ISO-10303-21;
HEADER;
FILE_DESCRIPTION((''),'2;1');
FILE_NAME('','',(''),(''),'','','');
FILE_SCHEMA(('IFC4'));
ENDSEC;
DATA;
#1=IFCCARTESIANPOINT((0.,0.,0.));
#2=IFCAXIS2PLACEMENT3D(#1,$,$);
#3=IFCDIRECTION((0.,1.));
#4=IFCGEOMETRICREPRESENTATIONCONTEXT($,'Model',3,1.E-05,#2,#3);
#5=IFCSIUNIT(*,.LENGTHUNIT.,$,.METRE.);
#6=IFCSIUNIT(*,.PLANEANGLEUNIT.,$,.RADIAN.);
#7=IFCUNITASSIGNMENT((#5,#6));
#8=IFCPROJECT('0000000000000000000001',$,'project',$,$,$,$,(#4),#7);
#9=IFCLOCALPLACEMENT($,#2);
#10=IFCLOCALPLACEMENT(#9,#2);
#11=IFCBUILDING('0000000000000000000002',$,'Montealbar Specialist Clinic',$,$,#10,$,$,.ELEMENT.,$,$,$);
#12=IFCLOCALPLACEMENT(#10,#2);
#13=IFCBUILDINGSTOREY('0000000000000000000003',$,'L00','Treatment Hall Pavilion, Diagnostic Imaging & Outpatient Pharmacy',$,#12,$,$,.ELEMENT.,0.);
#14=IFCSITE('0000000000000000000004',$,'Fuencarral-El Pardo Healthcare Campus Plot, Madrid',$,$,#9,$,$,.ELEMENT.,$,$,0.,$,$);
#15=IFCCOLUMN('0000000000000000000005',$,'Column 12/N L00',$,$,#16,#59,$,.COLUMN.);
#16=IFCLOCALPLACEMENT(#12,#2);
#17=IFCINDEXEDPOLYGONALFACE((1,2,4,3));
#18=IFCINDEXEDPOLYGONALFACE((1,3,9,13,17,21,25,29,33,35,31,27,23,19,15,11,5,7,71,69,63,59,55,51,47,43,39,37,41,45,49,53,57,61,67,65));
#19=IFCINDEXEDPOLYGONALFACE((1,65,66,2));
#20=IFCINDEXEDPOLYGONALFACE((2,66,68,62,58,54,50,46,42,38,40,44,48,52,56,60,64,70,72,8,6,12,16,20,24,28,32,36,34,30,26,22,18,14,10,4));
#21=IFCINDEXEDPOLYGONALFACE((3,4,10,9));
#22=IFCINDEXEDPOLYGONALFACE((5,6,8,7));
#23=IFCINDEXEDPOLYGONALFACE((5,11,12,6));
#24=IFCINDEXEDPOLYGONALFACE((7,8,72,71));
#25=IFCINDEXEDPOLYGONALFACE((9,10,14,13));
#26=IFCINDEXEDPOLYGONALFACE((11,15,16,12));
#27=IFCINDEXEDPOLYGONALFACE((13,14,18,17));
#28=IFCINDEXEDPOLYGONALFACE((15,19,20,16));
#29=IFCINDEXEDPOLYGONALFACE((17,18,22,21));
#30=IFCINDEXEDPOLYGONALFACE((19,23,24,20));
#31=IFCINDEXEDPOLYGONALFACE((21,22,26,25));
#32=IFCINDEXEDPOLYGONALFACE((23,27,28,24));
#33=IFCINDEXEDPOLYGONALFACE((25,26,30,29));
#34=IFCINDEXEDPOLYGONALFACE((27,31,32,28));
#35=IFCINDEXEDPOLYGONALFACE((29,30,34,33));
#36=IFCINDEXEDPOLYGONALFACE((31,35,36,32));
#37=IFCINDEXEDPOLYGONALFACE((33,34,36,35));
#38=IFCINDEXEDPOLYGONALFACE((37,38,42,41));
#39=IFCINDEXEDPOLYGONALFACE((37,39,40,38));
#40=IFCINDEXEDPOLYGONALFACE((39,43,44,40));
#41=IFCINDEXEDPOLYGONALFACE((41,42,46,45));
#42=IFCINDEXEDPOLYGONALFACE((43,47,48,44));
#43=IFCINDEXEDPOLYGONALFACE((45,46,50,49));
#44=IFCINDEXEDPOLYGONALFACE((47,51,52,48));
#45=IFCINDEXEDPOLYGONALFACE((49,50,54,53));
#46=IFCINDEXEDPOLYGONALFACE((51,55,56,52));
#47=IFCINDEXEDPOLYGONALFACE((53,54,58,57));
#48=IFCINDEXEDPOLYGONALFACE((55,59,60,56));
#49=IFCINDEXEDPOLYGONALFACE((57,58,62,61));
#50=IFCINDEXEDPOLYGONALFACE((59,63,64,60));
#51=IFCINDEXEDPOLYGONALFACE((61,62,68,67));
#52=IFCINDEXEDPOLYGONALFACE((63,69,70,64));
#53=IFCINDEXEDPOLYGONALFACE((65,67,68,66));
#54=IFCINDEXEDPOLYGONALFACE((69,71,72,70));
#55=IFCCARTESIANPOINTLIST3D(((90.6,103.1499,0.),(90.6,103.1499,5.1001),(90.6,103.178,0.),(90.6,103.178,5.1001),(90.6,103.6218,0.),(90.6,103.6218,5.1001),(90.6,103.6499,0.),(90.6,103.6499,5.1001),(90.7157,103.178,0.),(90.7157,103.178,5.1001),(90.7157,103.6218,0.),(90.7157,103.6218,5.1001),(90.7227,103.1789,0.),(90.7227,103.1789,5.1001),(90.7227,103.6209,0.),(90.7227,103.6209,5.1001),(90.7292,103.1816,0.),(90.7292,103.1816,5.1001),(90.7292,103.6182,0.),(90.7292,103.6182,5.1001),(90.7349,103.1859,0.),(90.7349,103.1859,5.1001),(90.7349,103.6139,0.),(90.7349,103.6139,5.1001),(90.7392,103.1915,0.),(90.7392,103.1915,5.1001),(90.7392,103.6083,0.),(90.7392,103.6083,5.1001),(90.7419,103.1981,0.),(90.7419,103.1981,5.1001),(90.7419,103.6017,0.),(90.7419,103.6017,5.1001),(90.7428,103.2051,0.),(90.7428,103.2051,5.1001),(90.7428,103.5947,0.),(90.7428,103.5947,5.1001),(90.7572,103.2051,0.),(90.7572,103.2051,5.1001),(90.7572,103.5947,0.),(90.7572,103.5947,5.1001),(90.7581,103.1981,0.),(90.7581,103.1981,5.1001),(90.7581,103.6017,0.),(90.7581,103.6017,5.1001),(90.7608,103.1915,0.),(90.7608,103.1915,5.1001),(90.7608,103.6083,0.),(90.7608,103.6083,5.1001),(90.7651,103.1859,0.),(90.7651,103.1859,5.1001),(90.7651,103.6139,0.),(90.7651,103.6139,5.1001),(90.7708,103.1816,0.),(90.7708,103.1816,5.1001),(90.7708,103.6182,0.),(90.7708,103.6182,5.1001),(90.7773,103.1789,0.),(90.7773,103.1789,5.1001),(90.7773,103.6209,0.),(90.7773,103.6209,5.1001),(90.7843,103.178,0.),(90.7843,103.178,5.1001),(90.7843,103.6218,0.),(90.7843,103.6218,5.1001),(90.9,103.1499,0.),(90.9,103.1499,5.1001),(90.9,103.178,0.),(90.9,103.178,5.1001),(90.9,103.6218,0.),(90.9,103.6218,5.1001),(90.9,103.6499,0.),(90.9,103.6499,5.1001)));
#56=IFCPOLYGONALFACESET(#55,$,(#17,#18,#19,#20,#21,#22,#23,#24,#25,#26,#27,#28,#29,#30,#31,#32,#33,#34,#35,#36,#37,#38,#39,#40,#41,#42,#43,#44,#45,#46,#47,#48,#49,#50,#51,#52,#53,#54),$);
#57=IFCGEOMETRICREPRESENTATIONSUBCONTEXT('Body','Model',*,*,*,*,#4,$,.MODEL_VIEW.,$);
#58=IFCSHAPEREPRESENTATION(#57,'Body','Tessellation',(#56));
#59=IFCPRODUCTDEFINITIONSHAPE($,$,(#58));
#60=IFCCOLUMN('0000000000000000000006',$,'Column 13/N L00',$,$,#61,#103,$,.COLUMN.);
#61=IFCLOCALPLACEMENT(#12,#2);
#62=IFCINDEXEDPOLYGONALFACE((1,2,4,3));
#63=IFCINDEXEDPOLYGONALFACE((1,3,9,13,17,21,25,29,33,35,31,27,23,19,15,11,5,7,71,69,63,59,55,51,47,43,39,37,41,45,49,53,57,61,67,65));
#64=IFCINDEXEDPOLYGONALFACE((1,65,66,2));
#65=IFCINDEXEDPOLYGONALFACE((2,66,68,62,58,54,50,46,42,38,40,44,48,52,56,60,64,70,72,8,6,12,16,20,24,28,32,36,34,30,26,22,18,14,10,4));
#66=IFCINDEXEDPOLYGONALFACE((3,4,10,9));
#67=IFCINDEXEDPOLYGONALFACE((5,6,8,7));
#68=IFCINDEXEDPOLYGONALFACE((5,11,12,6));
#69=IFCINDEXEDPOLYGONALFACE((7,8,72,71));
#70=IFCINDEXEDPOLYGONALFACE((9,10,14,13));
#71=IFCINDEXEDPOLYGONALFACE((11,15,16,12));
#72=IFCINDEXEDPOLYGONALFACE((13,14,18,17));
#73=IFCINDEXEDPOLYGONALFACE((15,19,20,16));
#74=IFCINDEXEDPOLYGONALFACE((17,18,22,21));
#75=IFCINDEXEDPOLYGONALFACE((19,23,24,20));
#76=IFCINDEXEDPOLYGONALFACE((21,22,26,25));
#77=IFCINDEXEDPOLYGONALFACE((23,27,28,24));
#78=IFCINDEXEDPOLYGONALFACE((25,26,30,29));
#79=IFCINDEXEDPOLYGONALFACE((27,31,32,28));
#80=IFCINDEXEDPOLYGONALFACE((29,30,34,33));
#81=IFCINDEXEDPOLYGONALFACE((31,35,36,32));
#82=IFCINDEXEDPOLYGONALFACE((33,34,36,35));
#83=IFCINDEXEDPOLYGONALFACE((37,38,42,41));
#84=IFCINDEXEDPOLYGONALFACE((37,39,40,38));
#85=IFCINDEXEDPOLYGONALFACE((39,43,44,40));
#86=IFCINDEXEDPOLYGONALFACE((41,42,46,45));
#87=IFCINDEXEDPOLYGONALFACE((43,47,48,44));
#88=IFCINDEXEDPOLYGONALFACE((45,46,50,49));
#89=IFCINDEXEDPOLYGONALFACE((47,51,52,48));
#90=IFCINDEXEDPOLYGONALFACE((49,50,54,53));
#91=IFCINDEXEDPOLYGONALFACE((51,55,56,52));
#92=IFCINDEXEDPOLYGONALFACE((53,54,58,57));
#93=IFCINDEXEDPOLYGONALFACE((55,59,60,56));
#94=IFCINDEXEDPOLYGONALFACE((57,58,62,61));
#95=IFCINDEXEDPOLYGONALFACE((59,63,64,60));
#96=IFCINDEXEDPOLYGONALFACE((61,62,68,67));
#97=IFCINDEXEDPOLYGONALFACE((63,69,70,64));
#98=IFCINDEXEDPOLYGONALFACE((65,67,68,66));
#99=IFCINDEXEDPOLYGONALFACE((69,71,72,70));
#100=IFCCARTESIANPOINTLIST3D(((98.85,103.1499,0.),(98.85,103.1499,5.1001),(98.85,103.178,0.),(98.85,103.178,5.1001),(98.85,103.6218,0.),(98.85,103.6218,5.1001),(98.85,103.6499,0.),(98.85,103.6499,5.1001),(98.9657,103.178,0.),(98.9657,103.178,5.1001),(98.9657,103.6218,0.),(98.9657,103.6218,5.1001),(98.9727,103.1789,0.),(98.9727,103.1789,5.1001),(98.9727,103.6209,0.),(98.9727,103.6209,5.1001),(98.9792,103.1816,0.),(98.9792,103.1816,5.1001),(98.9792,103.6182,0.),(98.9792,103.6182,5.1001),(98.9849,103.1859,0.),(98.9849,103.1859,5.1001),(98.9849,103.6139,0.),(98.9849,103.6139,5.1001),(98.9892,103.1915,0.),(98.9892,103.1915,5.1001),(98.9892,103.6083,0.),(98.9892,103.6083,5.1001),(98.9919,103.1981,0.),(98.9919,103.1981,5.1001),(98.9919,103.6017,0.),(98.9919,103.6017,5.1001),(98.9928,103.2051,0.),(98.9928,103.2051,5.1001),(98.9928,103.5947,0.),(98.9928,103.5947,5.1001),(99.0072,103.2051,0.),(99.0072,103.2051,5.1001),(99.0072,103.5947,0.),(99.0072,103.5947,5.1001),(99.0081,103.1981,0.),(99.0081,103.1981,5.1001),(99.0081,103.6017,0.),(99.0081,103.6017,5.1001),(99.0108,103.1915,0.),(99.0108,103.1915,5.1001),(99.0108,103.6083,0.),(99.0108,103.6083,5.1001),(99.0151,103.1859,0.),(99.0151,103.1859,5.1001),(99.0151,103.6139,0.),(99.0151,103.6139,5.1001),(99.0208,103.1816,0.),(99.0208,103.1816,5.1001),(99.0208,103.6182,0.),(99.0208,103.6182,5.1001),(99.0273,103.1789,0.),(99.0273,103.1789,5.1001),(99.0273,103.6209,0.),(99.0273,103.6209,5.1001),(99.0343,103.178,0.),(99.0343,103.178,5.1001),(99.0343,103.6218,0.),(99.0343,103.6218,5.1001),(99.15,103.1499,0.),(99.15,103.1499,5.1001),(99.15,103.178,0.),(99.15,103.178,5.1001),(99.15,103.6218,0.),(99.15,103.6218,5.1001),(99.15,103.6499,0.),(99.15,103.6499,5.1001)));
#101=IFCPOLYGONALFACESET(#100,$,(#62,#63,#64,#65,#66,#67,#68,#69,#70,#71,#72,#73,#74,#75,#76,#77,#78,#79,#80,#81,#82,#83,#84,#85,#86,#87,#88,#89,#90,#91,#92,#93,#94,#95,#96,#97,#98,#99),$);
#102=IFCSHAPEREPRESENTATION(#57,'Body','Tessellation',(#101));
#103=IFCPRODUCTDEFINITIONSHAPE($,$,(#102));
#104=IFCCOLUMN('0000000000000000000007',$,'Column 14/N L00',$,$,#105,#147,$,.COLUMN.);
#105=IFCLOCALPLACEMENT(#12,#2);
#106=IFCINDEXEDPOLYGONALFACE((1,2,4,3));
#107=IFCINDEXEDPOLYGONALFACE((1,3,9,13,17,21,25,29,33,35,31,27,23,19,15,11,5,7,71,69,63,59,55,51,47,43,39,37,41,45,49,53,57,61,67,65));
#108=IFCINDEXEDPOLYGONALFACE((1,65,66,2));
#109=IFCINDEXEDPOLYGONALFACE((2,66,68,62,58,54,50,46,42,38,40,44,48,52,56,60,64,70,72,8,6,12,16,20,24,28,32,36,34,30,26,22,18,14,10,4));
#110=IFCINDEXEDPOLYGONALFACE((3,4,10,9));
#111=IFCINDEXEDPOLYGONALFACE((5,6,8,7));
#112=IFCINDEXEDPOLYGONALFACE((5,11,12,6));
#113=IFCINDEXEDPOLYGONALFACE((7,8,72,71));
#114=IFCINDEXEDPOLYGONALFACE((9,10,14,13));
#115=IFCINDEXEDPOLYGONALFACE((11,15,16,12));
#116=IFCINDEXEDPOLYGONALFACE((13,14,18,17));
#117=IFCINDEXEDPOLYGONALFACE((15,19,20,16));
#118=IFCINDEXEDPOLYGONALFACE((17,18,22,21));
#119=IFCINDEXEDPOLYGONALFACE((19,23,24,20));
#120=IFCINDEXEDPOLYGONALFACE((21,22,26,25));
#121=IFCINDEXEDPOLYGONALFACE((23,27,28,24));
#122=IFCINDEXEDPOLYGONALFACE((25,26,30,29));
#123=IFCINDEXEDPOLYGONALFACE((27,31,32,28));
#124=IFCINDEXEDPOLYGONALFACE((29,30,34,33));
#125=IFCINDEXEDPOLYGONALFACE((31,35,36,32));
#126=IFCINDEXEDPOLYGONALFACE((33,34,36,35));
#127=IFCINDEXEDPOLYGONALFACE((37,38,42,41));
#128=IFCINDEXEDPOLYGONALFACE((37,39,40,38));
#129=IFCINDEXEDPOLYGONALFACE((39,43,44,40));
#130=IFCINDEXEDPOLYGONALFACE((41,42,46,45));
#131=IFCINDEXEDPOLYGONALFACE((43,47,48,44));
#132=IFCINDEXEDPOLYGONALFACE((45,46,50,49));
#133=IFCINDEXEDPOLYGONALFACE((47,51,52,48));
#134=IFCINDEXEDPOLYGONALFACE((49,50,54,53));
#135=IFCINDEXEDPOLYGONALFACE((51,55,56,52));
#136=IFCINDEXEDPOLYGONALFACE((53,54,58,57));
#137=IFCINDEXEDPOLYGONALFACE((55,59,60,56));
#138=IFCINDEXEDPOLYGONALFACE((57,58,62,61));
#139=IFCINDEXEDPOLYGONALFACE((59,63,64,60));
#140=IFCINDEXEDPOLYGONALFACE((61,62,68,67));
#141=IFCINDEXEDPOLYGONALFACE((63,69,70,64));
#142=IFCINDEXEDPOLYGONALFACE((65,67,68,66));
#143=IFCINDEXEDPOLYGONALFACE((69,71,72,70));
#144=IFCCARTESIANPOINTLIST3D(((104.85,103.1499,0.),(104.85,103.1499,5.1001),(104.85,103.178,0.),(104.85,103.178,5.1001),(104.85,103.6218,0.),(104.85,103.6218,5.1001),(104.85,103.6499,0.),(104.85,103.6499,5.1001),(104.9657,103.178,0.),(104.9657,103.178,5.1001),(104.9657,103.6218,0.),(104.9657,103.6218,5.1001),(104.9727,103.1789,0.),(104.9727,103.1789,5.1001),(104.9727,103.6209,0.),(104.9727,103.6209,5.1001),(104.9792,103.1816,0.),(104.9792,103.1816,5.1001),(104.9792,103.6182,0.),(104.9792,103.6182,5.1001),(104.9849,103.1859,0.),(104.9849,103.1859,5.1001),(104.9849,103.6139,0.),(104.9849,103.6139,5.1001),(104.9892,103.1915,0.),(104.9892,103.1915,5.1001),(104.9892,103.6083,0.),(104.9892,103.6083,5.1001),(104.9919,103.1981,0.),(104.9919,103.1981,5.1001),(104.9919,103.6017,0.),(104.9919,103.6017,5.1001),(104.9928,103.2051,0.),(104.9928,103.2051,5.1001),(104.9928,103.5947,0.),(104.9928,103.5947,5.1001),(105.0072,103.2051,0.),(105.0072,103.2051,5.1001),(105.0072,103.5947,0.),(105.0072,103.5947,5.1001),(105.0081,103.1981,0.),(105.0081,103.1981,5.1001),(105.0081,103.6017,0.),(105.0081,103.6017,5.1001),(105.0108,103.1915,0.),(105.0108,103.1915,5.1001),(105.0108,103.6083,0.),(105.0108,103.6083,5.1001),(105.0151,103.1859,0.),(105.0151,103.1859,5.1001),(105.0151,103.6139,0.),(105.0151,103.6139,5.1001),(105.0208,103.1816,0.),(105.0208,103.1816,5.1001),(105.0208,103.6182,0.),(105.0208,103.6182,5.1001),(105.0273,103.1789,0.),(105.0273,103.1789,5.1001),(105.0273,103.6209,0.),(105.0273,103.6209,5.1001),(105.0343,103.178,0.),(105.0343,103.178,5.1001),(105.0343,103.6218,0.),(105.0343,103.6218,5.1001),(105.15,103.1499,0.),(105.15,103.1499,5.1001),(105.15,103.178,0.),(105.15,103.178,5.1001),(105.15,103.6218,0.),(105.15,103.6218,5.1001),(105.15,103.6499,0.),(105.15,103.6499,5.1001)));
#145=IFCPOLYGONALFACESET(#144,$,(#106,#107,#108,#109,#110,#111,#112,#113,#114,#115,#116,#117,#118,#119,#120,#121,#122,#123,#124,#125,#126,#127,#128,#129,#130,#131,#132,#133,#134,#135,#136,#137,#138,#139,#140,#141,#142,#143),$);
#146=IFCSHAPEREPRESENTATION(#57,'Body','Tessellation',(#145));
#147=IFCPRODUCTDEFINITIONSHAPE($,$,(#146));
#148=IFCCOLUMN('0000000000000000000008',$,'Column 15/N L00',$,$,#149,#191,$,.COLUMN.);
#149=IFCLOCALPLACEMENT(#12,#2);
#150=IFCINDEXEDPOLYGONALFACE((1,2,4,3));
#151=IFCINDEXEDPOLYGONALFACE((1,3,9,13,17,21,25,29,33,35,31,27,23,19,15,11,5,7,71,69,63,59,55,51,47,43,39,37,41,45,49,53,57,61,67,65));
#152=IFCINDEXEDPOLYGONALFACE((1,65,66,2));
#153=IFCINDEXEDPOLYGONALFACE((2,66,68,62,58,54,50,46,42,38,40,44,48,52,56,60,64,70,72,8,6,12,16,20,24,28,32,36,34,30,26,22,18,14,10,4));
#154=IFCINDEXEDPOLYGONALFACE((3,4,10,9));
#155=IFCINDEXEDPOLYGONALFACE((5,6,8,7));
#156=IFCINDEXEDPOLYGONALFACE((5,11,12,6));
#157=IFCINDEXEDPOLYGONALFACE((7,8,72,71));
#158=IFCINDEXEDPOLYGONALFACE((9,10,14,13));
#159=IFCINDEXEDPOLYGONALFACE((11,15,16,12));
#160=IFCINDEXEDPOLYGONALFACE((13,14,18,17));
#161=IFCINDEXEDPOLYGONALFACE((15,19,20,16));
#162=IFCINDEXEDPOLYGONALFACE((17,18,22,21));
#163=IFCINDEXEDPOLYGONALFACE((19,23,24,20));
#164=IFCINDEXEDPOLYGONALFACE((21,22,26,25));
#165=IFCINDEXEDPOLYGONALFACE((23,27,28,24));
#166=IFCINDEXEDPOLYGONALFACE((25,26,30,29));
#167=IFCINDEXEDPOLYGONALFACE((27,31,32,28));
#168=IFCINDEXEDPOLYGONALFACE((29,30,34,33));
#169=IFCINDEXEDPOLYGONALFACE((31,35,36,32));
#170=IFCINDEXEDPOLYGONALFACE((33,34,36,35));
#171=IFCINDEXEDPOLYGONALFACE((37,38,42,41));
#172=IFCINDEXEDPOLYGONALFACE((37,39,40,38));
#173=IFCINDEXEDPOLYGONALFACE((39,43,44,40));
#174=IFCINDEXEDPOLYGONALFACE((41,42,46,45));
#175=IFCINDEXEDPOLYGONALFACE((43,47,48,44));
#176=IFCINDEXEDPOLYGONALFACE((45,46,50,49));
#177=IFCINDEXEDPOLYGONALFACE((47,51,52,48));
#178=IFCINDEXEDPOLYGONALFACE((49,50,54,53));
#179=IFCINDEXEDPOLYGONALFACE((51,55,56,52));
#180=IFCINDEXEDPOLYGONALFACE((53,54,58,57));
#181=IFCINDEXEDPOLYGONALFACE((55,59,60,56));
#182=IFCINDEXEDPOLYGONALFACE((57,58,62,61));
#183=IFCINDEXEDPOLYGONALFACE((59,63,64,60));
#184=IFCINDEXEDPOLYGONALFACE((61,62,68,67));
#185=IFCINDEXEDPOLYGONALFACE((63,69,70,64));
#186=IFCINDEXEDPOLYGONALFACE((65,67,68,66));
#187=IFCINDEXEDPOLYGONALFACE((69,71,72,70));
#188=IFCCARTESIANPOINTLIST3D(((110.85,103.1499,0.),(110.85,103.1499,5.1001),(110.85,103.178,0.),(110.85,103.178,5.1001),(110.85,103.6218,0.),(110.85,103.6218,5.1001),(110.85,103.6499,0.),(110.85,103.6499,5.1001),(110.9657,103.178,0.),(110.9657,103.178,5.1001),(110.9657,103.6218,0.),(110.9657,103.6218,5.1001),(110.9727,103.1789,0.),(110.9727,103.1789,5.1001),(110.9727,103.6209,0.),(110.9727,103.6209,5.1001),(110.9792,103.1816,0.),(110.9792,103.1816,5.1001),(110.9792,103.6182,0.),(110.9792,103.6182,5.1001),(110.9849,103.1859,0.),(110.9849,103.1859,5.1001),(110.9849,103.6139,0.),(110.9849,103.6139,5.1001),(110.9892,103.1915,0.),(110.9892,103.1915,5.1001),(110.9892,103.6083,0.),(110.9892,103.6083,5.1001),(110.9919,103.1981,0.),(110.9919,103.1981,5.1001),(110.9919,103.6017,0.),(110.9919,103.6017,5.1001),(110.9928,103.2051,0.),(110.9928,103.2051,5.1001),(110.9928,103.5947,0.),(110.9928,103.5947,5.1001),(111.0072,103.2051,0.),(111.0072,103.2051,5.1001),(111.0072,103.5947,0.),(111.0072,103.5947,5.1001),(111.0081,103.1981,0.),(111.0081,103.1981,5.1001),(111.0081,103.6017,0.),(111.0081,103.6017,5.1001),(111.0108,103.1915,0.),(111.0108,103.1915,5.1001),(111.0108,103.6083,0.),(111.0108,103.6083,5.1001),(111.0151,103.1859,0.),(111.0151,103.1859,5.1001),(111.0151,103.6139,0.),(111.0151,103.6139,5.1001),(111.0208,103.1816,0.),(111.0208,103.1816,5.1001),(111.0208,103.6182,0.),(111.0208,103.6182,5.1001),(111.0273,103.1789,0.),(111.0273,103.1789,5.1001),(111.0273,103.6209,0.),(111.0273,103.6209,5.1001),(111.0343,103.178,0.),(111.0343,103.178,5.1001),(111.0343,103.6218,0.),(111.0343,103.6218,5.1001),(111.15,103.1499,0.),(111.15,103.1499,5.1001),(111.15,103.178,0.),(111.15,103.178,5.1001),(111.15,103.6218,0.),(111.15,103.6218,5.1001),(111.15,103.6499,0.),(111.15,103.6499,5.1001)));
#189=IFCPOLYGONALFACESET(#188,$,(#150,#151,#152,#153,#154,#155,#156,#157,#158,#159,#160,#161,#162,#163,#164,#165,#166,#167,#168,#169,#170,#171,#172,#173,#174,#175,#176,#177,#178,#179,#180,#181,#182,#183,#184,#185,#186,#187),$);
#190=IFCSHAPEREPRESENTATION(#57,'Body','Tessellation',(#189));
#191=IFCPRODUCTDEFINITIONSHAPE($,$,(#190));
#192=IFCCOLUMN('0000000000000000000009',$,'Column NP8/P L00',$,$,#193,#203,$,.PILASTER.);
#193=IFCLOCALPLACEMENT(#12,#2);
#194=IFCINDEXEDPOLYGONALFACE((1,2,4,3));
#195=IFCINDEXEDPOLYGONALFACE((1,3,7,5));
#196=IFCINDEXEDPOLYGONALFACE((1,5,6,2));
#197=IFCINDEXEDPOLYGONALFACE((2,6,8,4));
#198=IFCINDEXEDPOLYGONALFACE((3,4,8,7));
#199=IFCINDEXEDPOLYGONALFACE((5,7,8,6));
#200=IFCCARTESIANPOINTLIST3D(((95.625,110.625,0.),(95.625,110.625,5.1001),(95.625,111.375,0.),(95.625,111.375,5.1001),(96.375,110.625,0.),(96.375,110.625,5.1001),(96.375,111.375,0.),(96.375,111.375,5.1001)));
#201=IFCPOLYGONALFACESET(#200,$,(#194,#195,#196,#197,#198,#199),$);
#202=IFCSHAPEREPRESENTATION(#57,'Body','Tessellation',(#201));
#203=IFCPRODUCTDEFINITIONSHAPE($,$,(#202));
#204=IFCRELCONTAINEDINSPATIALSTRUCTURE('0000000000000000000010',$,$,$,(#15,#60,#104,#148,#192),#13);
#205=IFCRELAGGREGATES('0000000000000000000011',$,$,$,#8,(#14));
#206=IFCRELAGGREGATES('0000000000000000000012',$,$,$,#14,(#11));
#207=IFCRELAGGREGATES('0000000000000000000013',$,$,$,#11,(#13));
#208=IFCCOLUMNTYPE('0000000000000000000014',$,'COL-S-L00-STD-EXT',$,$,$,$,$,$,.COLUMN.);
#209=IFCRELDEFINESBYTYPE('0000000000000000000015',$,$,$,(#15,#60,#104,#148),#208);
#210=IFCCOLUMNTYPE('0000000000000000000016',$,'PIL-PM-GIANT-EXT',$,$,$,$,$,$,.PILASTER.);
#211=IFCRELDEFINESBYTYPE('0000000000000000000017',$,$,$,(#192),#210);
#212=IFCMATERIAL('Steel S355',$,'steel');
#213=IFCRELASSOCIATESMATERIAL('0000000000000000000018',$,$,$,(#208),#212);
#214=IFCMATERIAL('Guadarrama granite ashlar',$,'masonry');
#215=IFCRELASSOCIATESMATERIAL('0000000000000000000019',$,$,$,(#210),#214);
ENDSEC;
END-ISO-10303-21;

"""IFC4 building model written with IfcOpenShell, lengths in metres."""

from ifc_helpers import new_model, si_unit, direction, frame, origin, origin_2d, place, context, subcontext, project, spatial, rectangle, i_section, extrude, material, material_profile, profile_set, type_object, element, save


model = new_model("IFC4")

# Units and contexts
model_context = context("Model", 3, precision=1e-05, world=origin(), true_north=direction((0.0, 1.0)))
body_context = subcontext(model_context, "Body", "Model", "MODEL_VIEW")
ifc_project = project(units=[si_unit("LENGTHUNIT", "METRE"), si_unit("PLANEANGLEUNIT", "RADIAN")], contexts=[model_context])

# Site, building, storey
site_placement = place(None, origin())
site = spatial("IfcSite", under=ifc_project, at=site_placement, Name="Fuencarral-El Pardo Healthcare Campus Plot, Madrid", CompositionType="ELEMENT", RefElevation=0.0)
building_placement = place(site_placement, origin())
building = spatial("IfcBuilding", under=site, at=building_placement, Name="Montealbar Specialist Clinic", CompositionType="ELEMENT")
storey_placement = place(building_placement, origin())
storey = spatial("IfcBuildingStorey", under=building, at=storey_placement, Name="L00", Description="Treatment Hall Pavilion, Diagnostic Imaging & Outpatient Pharmacy", CompositionType="ELEMENT", Elevation=0.0)

# Columns
ifc_material_1 = material(Name="Steel S355", Category="steel")
ifc_material_profile_1 = material_profile(ifc_material_1, i_section(OverallWidth=0.3, OverallDepth=0.5, WebThickness=0.0144, FlangeThickness=0.0281, FilletRadius=0.0271, at=origin_2d()), Name="HEB 500", Category="steel")
ifc_profile_set_1 = profile_set([ifc_material_profile_1], Name="Steel S355")
column_type_1 = type_object("IfcColumnType", Name="COL-S-L00-STD-EXT", PredefinedType="COLUMN", material=ifc_profile_set_1)
for number, where, z_axis, x_axis, name in (
    (1, (90.75, 103.3999, 0.0), (0.0, 0.0, 1.0), (1.0, 0.0, 0.0), "Column 12/N L00"),
    (2, (99.0, 103.3999, 0.0), (0.0, 0.0, 1.0), (1.0, 0.0, 0.0), "Column 13/N L00"),
    (3, (105.0, 103.3999, 0.0), (0.0, 0.0, 1.0), (1.0, 0.0, 0.0), "Column 14/N L00"),
    (4, (111.0, 103.3999, 0.0), (0.0, 0.0, 1.0), (1.0, 0.0, 0.0), "Column 15/N L00"),
):
    element("IfcColumn", number, at=place(storey_placement, frame(where, z_axis=z_axis, x_axis=x_axis)), inside=storey, type_object=column_type_1, Name=name, PredefinedType="COLUMN", context=body_context, shape_type="SweptSolid", body=[
        extrude(i_section(OverallWidth=0.3, OverallDepth=0.5, WebThickness=0.0144, FlangeThickness=0.0281, FilletRadius=0.0271, at=origin_2d()), origin(), (0.0, 0.0, 1.0), 5.1001),
    ])
ifc_material_2 = material(Name="Guadarrama granite ashlar", Category="masonry")
ifc_material_profile_2 = material_profile(ifc_material_2, rectangle(XDim=0.75, YDim=0.75, at=origin_2d()), Name="GRANITE PILASTER 750x750", Category="masonry")
ifc_profile_set_2 = profile_set([ifc_material_profile_2], Name="Guadarrama granite ashlar")
column_type_2 = type_object("IfcColumnType", Name="PIL-PM-GIANT-EXT", PredefinedType="PILASTER", material=ifc_profile_set_2)
for number, where, z_axis, x_axis, name in (
    (5, (96.0, 111.0, 0.0), (0.0, 0.0, 1.0), (1.0, 0.0, 0.0), "Column NP8/P L00"),
):
    element("IfcColumn", number, at=place(storey_placement, frame(where, z_axis=z_axis, x_axis=x_axis)), inside=storey, type_object=column_type_2, Name=name, PredefinedType="PILASTER", context=body_context, shape_type="SweptSolid", body=[
        extrude(rectangle(XDim=0.75, YDim=0.75, at=origin_2d()), origin(), (0.0, 0.0, 1.0), 5.1001),
    ])

save(model, "model.ifc")
